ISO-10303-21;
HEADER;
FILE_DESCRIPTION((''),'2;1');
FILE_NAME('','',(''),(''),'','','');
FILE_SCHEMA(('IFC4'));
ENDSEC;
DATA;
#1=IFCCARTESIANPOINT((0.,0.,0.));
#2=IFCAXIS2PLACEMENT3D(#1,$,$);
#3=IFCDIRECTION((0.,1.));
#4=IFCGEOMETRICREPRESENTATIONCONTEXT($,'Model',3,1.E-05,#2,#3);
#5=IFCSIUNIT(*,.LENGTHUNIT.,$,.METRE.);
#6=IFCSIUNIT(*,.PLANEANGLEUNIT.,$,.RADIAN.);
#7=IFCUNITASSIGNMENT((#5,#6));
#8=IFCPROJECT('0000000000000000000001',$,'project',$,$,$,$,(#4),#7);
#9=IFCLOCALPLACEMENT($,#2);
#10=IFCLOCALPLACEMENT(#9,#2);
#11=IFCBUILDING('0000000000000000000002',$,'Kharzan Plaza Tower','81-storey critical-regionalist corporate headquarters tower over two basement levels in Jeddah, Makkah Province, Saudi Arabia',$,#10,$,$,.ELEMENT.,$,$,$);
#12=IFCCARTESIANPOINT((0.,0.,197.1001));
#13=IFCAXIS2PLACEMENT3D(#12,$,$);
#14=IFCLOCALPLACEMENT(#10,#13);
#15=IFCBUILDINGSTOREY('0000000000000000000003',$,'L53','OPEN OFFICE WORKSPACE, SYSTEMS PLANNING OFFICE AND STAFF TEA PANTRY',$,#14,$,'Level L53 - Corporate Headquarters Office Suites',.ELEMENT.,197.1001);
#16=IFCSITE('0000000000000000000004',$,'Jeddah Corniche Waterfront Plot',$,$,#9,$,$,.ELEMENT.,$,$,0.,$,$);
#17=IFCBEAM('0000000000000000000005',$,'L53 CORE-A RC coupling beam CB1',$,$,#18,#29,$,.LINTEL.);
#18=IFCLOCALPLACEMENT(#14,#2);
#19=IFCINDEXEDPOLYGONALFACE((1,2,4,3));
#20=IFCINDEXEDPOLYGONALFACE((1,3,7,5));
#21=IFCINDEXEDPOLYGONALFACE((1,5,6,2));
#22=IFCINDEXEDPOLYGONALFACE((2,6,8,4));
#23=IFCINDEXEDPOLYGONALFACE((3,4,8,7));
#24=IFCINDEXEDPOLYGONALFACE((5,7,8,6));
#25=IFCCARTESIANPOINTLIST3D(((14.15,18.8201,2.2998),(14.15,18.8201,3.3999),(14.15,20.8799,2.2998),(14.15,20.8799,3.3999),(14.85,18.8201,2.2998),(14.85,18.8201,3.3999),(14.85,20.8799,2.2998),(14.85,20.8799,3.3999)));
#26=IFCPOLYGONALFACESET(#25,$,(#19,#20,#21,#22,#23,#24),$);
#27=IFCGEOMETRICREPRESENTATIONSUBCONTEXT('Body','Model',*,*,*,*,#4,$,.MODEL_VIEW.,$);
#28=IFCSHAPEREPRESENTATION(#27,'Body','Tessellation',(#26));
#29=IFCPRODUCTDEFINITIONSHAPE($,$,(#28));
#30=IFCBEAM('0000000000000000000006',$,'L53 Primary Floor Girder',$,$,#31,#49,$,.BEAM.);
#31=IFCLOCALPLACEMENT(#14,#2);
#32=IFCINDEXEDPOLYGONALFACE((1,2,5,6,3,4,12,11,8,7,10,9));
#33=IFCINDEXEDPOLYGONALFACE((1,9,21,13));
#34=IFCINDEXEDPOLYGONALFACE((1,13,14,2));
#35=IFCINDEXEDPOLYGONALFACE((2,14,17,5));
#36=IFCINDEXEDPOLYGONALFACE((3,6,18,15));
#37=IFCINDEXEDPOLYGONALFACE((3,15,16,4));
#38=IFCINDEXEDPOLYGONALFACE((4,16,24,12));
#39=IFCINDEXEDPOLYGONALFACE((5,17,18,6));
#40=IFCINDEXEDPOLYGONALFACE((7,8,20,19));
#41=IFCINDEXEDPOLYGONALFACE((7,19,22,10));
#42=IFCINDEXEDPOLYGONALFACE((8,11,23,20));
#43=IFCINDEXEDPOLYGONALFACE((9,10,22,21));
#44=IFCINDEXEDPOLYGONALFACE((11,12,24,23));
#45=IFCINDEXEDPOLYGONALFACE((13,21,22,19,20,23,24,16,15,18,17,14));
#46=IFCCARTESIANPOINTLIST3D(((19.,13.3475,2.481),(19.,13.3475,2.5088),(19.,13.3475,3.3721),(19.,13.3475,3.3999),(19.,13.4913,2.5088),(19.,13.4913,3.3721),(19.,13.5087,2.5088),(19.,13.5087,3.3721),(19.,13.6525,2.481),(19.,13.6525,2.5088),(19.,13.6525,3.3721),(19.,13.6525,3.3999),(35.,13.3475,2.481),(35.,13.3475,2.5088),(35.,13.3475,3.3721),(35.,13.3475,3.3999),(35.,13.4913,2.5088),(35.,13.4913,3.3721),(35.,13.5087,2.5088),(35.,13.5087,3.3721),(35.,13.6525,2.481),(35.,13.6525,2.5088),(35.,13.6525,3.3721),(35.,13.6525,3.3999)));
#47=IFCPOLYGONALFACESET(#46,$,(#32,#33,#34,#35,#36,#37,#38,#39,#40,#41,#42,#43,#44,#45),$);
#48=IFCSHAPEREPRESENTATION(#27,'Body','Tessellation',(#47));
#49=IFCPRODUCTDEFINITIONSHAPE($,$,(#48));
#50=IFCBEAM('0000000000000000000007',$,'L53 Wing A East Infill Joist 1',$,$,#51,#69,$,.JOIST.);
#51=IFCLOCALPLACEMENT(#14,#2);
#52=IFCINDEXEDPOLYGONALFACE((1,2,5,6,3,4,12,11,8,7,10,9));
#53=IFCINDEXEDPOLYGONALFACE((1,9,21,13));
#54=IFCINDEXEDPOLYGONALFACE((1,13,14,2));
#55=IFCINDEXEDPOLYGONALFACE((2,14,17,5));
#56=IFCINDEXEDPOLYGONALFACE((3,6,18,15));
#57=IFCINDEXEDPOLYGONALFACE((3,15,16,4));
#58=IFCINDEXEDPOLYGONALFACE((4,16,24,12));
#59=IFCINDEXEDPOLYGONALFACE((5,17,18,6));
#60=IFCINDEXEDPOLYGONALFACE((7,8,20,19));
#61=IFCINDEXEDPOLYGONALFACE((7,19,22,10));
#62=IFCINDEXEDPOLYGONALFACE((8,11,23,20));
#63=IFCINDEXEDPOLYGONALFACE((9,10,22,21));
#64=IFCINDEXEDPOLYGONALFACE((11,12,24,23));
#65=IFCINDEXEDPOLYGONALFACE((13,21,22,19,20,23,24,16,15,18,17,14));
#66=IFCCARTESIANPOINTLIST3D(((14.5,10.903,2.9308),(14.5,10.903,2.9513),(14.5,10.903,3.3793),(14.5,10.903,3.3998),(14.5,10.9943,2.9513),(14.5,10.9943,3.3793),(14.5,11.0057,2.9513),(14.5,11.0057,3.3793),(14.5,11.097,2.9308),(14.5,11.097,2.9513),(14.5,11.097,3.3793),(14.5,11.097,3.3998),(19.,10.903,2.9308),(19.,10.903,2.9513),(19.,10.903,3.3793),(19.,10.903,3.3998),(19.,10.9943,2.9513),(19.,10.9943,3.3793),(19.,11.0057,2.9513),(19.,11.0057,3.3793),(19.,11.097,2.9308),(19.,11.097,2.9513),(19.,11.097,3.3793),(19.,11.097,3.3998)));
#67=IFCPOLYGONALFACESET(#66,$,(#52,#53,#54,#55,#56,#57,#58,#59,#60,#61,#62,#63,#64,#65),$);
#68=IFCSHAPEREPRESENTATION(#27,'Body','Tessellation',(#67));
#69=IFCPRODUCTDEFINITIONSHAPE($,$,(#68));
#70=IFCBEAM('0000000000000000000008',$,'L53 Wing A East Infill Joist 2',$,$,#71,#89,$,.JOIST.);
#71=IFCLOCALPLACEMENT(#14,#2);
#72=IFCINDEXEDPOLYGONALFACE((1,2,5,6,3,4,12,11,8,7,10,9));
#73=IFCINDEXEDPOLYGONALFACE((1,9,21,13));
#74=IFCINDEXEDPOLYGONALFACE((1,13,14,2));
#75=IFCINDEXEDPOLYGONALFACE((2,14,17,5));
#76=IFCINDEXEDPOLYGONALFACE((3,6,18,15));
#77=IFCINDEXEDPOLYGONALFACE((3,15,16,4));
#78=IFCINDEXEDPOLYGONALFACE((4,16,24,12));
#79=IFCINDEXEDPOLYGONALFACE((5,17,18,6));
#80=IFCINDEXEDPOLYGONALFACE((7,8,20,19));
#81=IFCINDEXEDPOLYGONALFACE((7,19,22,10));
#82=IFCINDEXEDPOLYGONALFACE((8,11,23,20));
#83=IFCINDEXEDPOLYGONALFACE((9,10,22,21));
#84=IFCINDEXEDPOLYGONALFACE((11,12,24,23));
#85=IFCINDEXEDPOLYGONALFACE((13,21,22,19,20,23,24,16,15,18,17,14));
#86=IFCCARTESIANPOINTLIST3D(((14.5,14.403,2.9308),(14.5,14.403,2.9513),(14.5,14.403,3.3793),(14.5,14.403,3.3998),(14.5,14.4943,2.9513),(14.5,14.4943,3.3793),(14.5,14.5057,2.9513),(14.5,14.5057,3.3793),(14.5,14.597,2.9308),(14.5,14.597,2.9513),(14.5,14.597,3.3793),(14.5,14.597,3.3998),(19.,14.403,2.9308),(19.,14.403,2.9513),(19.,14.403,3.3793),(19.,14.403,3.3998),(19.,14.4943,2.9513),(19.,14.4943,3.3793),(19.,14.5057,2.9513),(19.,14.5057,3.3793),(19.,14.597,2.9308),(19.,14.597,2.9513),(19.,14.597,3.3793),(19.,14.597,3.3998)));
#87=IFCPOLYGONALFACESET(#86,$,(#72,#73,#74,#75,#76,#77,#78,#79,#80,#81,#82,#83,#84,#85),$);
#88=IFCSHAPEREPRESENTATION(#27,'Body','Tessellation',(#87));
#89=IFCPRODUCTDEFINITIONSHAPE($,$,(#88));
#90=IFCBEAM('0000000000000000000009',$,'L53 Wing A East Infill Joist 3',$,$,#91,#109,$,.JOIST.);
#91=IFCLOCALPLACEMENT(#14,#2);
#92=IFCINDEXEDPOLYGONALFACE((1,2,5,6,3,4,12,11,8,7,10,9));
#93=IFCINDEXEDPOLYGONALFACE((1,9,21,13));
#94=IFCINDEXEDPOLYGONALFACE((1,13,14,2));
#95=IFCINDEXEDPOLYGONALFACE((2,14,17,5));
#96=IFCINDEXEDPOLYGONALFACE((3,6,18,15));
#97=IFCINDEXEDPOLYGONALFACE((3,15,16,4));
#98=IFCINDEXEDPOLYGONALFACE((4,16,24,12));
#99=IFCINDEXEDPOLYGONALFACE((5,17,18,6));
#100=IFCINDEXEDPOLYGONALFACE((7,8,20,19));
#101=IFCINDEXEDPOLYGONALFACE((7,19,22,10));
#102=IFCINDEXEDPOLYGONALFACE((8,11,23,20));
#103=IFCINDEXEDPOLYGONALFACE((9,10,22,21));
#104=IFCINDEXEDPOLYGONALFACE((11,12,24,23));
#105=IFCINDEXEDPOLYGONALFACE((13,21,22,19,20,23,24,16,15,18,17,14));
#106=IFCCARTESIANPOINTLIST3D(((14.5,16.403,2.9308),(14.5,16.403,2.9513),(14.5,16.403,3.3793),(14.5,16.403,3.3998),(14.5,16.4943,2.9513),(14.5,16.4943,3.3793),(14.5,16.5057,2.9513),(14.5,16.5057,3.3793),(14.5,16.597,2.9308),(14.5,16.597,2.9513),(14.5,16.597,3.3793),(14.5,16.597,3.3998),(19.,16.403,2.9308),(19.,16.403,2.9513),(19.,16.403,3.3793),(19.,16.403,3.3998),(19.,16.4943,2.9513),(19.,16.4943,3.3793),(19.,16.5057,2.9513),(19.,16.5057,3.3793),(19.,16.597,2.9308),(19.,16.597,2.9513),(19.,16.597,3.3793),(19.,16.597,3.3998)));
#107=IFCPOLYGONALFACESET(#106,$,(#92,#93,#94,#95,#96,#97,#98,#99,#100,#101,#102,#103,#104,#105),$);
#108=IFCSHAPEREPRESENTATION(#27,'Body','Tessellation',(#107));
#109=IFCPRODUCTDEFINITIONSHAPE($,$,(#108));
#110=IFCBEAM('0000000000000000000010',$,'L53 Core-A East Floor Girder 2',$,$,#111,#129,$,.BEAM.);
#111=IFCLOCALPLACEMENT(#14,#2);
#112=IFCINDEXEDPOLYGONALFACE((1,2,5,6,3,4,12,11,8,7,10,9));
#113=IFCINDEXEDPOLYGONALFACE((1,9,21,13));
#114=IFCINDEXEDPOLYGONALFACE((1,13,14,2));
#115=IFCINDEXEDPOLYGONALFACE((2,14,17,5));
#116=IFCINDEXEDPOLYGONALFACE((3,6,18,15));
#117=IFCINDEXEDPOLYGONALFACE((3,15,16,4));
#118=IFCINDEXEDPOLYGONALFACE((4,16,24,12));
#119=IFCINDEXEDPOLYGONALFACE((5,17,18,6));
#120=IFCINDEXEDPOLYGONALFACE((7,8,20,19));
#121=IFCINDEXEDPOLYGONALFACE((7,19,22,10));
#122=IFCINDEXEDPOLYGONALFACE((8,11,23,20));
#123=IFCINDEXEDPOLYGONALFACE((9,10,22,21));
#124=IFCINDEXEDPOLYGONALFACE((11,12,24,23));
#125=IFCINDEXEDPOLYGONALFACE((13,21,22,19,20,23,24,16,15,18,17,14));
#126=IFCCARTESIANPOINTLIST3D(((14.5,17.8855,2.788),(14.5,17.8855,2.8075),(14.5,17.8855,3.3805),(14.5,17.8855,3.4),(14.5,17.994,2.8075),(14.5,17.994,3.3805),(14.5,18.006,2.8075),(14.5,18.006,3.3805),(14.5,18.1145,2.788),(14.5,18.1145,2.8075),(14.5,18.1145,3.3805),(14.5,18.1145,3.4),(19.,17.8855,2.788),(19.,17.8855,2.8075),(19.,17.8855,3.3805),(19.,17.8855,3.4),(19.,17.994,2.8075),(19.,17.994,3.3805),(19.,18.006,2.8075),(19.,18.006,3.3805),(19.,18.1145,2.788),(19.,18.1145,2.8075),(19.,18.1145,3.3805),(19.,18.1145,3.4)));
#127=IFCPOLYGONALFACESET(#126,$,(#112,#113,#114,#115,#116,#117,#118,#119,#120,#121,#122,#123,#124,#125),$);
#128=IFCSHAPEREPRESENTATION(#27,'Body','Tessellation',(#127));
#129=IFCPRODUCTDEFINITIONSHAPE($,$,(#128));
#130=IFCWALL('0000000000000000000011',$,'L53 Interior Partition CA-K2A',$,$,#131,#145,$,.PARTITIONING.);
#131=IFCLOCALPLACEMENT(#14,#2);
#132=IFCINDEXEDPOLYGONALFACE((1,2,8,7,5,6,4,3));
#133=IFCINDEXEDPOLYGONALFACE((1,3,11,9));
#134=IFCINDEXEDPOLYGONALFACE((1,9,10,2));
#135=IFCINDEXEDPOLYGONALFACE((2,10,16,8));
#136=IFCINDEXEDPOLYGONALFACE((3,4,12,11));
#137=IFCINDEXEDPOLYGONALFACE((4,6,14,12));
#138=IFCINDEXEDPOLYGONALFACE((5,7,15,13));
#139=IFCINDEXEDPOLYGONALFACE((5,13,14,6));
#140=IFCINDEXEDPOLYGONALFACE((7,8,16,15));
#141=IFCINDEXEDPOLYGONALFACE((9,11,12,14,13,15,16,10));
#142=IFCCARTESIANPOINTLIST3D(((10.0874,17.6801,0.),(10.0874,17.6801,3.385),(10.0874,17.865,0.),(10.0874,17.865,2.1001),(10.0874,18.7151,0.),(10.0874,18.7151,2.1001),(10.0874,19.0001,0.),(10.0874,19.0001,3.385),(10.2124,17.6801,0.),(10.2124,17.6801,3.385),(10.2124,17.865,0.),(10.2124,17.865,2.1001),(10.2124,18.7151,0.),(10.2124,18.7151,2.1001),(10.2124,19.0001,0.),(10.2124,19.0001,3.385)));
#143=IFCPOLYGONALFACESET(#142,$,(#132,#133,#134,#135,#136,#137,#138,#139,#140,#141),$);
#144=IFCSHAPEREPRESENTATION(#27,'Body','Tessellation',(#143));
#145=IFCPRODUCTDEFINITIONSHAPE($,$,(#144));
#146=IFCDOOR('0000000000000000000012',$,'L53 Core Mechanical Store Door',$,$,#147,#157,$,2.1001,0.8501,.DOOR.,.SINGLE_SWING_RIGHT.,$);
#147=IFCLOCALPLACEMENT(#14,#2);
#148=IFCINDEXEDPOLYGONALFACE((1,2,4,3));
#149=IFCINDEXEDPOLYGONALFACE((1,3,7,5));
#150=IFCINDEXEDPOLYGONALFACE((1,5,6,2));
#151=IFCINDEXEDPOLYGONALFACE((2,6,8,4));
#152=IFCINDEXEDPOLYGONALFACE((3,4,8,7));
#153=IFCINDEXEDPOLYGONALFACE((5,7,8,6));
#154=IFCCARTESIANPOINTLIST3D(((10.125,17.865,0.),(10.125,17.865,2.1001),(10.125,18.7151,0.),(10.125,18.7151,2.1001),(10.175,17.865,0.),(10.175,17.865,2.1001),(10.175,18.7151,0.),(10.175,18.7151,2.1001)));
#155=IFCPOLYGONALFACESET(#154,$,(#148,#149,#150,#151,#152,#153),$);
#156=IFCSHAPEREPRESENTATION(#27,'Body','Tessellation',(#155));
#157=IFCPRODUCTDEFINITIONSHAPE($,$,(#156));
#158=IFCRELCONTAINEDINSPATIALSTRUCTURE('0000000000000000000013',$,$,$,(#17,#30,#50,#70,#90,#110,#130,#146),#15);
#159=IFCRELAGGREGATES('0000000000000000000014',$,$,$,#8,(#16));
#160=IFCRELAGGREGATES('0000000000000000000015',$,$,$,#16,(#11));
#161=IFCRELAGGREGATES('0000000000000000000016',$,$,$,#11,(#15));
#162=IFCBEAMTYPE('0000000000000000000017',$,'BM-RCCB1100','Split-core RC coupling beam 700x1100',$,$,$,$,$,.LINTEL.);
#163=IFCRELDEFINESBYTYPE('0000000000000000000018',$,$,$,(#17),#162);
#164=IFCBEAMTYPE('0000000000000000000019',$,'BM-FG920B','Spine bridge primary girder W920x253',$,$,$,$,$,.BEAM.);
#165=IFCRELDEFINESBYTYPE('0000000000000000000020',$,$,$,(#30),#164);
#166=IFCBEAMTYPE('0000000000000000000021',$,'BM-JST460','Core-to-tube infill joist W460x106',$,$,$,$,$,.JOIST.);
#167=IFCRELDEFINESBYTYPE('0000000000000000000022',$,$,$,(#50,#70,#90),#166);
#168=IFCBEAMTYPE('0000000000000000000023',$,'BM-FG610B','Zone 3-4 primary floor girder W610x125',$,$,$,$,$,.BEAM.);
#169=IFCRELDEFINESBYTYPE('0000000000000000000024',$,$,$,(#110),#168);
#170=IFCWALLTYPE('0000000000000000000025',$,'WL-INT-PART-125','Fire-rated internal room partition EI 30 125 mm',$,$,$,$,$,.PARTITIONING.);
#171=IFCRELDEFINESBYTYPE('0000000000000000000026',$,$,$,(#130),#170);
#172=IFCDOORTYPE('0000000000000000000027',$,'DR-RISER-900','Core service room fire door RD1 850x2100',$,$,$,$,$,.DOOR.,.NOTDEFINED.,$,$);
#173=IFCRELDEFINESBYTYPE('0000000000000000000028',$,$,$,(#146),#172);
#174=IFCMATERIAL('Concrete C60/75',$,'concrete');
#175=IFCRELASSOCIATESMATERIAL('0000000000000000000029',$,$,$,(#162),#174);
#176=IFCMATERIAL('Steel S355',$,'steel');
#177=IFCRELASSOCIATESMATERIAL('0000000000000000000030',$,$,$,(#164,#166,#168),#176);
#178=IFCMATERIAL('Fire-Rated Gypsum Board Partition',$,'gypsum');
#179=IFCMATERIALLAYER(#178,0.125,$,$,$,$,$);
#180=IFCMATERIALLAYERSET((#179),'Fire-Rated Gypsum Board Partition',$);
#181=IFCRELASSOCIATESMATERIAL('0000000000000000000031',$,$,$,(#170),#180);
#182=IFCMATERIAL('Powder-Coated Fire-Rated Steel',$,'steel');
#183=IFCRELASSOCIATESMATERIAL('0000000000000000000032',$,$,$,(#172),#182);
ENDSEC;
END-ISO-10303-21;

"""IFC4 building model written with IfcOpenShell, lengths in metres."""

from ifc_helpers import new_model, si_unit, direction, frame, frame_2d, origin, origin_2d, place, context, subcontext, project, spatial, rectangle, i_section, extrude, source, transform, mapped, material, layer, layer_set, material_profile, profile_set, type_object, element, fill, save


model = new_model("IFC4")

# Units and contexts
model_context = context("Model", 3, precision=1e-05, world=origin(), true_north=direction((0.0, 1.0)))
body_context = subcontext(model_context, "Body", "Model", "MODEL_VIEW")
ifc_project = project(units=[si_unit("LENGTHUNIT", "METRE"), si_unit("PLANEANGLEUNIT", "RADIAN")], contexts=[model_context])

# Site, building, storey
site_placement = place(None, origin())
site = spatial("IfcSite", under=ifc_project, at=site_placement, Name="Jeddah Corniche Waterfront Plot", CompositionType="ELEMENT", RefElevation=0.0)
building_placement = place(site_placement, origin())
building = spatial("IfcBuilding", under=site, at=building_placement, Name="Kharzan Plaza Tower", Description="81-storey critical-regionalist corporate headquarters tower over two basement levels in Jeddah, Makkah Province, Saudi Arabia", CompositionType="ELEMENT")
storey_placement = place(building_placement, frame((0.0, 0.0, 197.1001)))
storey = spatial("IfcBuildingStorey", under=building, at=storey_placement, Name="L53", Description="OPEN OFFICE WORKSPACE, SYSTEMS PLANNING OFFICE AND STAFF TEA PANTRY", LongName="Level L53 - Corporate Headquarters Office Suites", CompositionType="ELEMENT", Elevation=197.1001)

# Beams
ifc_material_1 = material(Name="Concrete C60/75", Category="concrete")
ifc_material_profile_1 = material_profile(ifc_material_1, rectangle(XDim=0.7, YDim=1.1001, at=origin_2d()), Name="RC-CB1100x700")
ifc_profile_set_1 = profile_set([ifc_material_profile_1], Name="Concrete C60/75")
beam_type_1 = type_object("IfcBeamType", Name="BM-RCCB1100", Description="Split-core RC coupling beam 700x1100", PredefinedType="LINTEL", material=ifc_profile_set_1)
shared_shape_1 = source(origin(), body_context, "Body", "SweptSolid", [
    extrude(rectangle(XDim=0.7, YDim=1.1001, at=origin_2d()), origin(), (0.0, 0.0, 1.0), 2.0598),
])
beam_1_placement = place(storey_placement, frame((14.5, 18.8201, 2.8499), z_axis=(0.0, 1.0, 0.0), x_axis=(-1.0, 0.0, 0.0)))
element("IfcBeam", 1, at=beam_1_placement, inside=storey, type_object=beam_type_1, Name="L53 CORE-A RC coupling beam CB1", PredefinedType="LINTEL", context=body_context, shape_type="MappedRepresentation", body=[
    mapped(shared_shape_1, transform((0.0, 0.0, 0.0), x_axis=(1.0, 0.0, 0.0), y_axis=(0.0, 1.0, 0.0), z_axis=(0.0, 0.0, 1.0))),
])
ifc_material_2 = material(Name="Steel S355", Category="steel")
ifc_material_profile_2 = material_profile(ifc_material_2, i_section(OverallWidth=0.3049, OverallDepth=0.9189, WebThickness=0.0173, FlangeThickness=0.0278, at=origin_2d()), Name="W920x253")
ifc_profile_set_2 = profile_set([ifc_material_profile_2], Name="Steel S355")
beam_type_2 = type_object("IfcBeamType", Name="BM-FG920B", Description="Spine bridge primary girder W920x253", PredefinedType="BEAM", material=ifc_profile_set_2)
shared_shape_2 = source(origin(), body_context, "Body", "SweptSolid", [
    extrude(i_section(OverallWidth=0.3049, OverallDepth=0.9189, WebThickness=0.0173, FlangeThickness=0.0278, at=origin_2d()), origin(), (0.0, 0.0, 1.0), 16.0),
])
beam_2_placement = place(storey_placement, frame((19.0, 13.5, 2.9404), z_axis=(1.0, 0.0, 0.0), x_axis=(0.0, 1.0, 0.0)))
element("IfcBeam", 2, at=beam_2_placement, inside=storey, type_object=beam_type_2, Name="L53 Primary Floor Girder", PredefinedType="BEAM", context=body_context, shape_type="MappedRepresentation", body=[
    mapped(shared_shape_2, transform((0.0, 0.0, 0.0), x_axis=(1.0, 0.0, 0.0), y_axis=(0.0, 1.0, 0.0), z_axis=(0.0, 0.0, 1.0))),
])
ifc_material_profile_3 = material_profile(ifc_material_2, i_section(OverallWidth=0.1941, OverallDepth=0.469, WebThickness=0.0115, FlangeThickness=0.0205, at=origin_2d()), Name="W460x106")
ifc_profile_set_3 = profile_set([ifc_material_profile_3], Name="Steel S355")
beam_type_3 = type_object("IfcBeamType", Name="BM-JST460", Description="Core-to-tube infill joist W460x106", PredefinedType="JOIST", material=ifc_profile_set_3)
shared_shape_3 = source(origin(), body_context, "Body", "SweptSolid", [
    extrude(i_section(OverallWidth=0.1941, OverallDepth=0.469, WebThickness=0.0115, FlangeThickness=0.0205, at=origin_2d()), origin(), (0.0, 0.0, 1.0), 4.5),
])
for number, where, z_axis, x_axis, name in (
    (3, (14.5, 11.0, 3.1653), (1.0, 0.0, 0.0), (0.0, 1.0, 0.0), "L53 Wing A East Infill Joist 1"),
    (4, (14.5, 14.5, 3.1653), (1.0, 0.0, 0.0), (0.0, 1.0, 0.0), "L53 Wing A East Infill Joist 2"),
    (5, (14.5, 16.5, 3.1653), (1.0, 0.0, 0.0), (0.0, 1.0, 0.0), "L53 Wing A East Infill Joist 3"),
):
    element("IfcBeam", number, at=place(storey_placement, frame(where, z_axis=z_axis, x_axis=x_axis)), inside=storey, type_object=beam_type_3, Name=name, PredefinedType="JOIST", context=body_context, shape_type="MappedRepresentation", body=[
        mapped(shared_shape_3, transform((0.0, 0.0, 0.0), x_axis=(1.0, 0.0, 0.0), y_axis=(0.0, 1.0, 0.0), z_axis=(0.0, 0.0, 1.0))),
    ])
ifc_material_profile_4 = material_profile(ifc_material_2, i_section(OverallWidth=0.229, OverallDepth=0.6121, WebThickness=0.012, FlangeThickness=0.0195, at=origin_2d()), Name="W610x125")
ifc_profile_set_4 = profile_set([ifc_material_profile_4], Name="Steel S355")
beam_type_4 = type_object("IfcBeamType", Name="BM-FG610B", Description="Zone 3-4 primary floor girder W610x125", PredefinedType="BEAM", material=ifc_profile_set_4)
shared_shape_4 = source(origin(), body_context, "Body", "SweptSolid", [
    extrude(i_section(OverallWidth=0.229, OverallDepth=0.6121, WebThickness=0.012, FlangeThickness=0.0195, at=origin_2d()), origin(), (0.0, 0.0, 1.0), 4.5),
])
beam_3_placement = place(storey_placement, frame((14.5, 18.0, 3.094), z_axis=(1.0, 0.0, 0.0), x_axis=(0.0, 1.0, 0.0)))
element("IfcBeam", 6, at=beam_3_placement, inside=storey, type_object=beam_type_4, Name="L53 Core-A East Floor Girder 2", PredefinedType="BEAM", context=body_context, shape_type="MappedRepresentation", body=[
    mapped(shared_shape_4, transform((0.0, 0.0, 0.0), x_axis=(1.0, 0.0, 0.0), y_axis=(0.0, 1.0, 0.0), z_axis=(0.0, 0.0, 1.0))),
])

# Wall, opening, door
ifc_material_3 = material(Name="Fire-Rated Gypsum Board Partition", Category="gypsum")
ifc_layer_1 = layer(ifc_material_3, 0.125)
ifc_layer_set_1 = layer_set([ifc_layer_1], Name="Fire-Rated Gypsum Board Partition")
wall_type_1 = type_object("IfcWallType", Name="WL-INT-PART-125", Description="Fire-rated internal room partition EI 30 125 mm", PredefinedType="PARTITIONING", material=ifc_layer_set_1)
wall_1_placement = place(storey_placement, frame((10.1499, 17.6799, 0.0), z_axis=(0.0, 0.0, 1.0), x_axis=(0.0, 1.0, 0.0)))
wall_1 = element("IfcWall", 7, at=wall_1_placement, inside=storey, type_object=wall_type_1, Name="L53 Interior Partition CA-K2A", PredefinedType="PARTITIONING", context=body_context, shape_type="SweptSolid", body=[
    extrude(rectangle(XDim=1.3201, YDim=0.125, at=frame_2d((0.6602, 0.0))), origin(), (0.0, 0.0, 1.0), 3.385),
])
opening_1_placement = place(wall_1_placement, frame((0.1851, 0.0, 0.0)))
opening_1 = element("IfcOpeningElement", 8, at=opening_1_placement, cuts=wall_1, PredefinedType="OPENING", context=body_context, shape_type="SweptSolid", body=[
    extrude(rectangle(XDim=0.8501, YDim=2.1001, at=frame_2d((0.425, 1.05))), frame((0.0, 0.0725, 0.0), z_axis=(0.0, -1.0, 0.0), x_axis=(1.0, 0.0, 0.0)), (0.0, 0.0, 1.0), 0.145),
])
ifc_material_4 = material(Name="Powder-Coated Fire-Rated Steel", Category="steel")
door_type_1 = type_object("IfcDoorType", Name="DR-RISER-900", Description="Core service room fire door RD1 850x2100", OperationType="NOTDEFINED", PredefinedType="DOOR", material=ifc_material_4)
shared_shape_5 = source(origin(), body_context, "Body", "SweptSolid", [
    extrude(rectangle(XDim=0.8501, YDim=2.1001, at=frame_2d((0.425, 1.05))), frame((0.0, 0.0249, 0.0), z_axis=(0.0, -1.0, 0.0), x_axis=(1.0, 0.0, 0.0)), (0.0, 0.0, 1.0), 0.05),
])
door_1_placement = place(opening_1_placement, origin())
door_1 = element("IfcDoor", 9, at=door_1_placement, inside=storey, type_object=door_type_1, Name="L53 Core Mechanical Store Door", OperationType="SINGLE_SWING_RIGHT", OverallHeight=2.1001, OverallWidth=0.8501, PredefinedType="DOOR", context=body_context, shape_type="MappedRepresentation", body=[
    mapped(shared_shape_5, transform((0.0, 0.0, 0.0), x_axis=(1.0, 0.0, 0.0), y_axis=(0.0, 1.0, 0.0), z_axis=(0.0, 0.0, 1.0))),
])
fill(opening_1, door_1)

save(model, "model.ifc")
